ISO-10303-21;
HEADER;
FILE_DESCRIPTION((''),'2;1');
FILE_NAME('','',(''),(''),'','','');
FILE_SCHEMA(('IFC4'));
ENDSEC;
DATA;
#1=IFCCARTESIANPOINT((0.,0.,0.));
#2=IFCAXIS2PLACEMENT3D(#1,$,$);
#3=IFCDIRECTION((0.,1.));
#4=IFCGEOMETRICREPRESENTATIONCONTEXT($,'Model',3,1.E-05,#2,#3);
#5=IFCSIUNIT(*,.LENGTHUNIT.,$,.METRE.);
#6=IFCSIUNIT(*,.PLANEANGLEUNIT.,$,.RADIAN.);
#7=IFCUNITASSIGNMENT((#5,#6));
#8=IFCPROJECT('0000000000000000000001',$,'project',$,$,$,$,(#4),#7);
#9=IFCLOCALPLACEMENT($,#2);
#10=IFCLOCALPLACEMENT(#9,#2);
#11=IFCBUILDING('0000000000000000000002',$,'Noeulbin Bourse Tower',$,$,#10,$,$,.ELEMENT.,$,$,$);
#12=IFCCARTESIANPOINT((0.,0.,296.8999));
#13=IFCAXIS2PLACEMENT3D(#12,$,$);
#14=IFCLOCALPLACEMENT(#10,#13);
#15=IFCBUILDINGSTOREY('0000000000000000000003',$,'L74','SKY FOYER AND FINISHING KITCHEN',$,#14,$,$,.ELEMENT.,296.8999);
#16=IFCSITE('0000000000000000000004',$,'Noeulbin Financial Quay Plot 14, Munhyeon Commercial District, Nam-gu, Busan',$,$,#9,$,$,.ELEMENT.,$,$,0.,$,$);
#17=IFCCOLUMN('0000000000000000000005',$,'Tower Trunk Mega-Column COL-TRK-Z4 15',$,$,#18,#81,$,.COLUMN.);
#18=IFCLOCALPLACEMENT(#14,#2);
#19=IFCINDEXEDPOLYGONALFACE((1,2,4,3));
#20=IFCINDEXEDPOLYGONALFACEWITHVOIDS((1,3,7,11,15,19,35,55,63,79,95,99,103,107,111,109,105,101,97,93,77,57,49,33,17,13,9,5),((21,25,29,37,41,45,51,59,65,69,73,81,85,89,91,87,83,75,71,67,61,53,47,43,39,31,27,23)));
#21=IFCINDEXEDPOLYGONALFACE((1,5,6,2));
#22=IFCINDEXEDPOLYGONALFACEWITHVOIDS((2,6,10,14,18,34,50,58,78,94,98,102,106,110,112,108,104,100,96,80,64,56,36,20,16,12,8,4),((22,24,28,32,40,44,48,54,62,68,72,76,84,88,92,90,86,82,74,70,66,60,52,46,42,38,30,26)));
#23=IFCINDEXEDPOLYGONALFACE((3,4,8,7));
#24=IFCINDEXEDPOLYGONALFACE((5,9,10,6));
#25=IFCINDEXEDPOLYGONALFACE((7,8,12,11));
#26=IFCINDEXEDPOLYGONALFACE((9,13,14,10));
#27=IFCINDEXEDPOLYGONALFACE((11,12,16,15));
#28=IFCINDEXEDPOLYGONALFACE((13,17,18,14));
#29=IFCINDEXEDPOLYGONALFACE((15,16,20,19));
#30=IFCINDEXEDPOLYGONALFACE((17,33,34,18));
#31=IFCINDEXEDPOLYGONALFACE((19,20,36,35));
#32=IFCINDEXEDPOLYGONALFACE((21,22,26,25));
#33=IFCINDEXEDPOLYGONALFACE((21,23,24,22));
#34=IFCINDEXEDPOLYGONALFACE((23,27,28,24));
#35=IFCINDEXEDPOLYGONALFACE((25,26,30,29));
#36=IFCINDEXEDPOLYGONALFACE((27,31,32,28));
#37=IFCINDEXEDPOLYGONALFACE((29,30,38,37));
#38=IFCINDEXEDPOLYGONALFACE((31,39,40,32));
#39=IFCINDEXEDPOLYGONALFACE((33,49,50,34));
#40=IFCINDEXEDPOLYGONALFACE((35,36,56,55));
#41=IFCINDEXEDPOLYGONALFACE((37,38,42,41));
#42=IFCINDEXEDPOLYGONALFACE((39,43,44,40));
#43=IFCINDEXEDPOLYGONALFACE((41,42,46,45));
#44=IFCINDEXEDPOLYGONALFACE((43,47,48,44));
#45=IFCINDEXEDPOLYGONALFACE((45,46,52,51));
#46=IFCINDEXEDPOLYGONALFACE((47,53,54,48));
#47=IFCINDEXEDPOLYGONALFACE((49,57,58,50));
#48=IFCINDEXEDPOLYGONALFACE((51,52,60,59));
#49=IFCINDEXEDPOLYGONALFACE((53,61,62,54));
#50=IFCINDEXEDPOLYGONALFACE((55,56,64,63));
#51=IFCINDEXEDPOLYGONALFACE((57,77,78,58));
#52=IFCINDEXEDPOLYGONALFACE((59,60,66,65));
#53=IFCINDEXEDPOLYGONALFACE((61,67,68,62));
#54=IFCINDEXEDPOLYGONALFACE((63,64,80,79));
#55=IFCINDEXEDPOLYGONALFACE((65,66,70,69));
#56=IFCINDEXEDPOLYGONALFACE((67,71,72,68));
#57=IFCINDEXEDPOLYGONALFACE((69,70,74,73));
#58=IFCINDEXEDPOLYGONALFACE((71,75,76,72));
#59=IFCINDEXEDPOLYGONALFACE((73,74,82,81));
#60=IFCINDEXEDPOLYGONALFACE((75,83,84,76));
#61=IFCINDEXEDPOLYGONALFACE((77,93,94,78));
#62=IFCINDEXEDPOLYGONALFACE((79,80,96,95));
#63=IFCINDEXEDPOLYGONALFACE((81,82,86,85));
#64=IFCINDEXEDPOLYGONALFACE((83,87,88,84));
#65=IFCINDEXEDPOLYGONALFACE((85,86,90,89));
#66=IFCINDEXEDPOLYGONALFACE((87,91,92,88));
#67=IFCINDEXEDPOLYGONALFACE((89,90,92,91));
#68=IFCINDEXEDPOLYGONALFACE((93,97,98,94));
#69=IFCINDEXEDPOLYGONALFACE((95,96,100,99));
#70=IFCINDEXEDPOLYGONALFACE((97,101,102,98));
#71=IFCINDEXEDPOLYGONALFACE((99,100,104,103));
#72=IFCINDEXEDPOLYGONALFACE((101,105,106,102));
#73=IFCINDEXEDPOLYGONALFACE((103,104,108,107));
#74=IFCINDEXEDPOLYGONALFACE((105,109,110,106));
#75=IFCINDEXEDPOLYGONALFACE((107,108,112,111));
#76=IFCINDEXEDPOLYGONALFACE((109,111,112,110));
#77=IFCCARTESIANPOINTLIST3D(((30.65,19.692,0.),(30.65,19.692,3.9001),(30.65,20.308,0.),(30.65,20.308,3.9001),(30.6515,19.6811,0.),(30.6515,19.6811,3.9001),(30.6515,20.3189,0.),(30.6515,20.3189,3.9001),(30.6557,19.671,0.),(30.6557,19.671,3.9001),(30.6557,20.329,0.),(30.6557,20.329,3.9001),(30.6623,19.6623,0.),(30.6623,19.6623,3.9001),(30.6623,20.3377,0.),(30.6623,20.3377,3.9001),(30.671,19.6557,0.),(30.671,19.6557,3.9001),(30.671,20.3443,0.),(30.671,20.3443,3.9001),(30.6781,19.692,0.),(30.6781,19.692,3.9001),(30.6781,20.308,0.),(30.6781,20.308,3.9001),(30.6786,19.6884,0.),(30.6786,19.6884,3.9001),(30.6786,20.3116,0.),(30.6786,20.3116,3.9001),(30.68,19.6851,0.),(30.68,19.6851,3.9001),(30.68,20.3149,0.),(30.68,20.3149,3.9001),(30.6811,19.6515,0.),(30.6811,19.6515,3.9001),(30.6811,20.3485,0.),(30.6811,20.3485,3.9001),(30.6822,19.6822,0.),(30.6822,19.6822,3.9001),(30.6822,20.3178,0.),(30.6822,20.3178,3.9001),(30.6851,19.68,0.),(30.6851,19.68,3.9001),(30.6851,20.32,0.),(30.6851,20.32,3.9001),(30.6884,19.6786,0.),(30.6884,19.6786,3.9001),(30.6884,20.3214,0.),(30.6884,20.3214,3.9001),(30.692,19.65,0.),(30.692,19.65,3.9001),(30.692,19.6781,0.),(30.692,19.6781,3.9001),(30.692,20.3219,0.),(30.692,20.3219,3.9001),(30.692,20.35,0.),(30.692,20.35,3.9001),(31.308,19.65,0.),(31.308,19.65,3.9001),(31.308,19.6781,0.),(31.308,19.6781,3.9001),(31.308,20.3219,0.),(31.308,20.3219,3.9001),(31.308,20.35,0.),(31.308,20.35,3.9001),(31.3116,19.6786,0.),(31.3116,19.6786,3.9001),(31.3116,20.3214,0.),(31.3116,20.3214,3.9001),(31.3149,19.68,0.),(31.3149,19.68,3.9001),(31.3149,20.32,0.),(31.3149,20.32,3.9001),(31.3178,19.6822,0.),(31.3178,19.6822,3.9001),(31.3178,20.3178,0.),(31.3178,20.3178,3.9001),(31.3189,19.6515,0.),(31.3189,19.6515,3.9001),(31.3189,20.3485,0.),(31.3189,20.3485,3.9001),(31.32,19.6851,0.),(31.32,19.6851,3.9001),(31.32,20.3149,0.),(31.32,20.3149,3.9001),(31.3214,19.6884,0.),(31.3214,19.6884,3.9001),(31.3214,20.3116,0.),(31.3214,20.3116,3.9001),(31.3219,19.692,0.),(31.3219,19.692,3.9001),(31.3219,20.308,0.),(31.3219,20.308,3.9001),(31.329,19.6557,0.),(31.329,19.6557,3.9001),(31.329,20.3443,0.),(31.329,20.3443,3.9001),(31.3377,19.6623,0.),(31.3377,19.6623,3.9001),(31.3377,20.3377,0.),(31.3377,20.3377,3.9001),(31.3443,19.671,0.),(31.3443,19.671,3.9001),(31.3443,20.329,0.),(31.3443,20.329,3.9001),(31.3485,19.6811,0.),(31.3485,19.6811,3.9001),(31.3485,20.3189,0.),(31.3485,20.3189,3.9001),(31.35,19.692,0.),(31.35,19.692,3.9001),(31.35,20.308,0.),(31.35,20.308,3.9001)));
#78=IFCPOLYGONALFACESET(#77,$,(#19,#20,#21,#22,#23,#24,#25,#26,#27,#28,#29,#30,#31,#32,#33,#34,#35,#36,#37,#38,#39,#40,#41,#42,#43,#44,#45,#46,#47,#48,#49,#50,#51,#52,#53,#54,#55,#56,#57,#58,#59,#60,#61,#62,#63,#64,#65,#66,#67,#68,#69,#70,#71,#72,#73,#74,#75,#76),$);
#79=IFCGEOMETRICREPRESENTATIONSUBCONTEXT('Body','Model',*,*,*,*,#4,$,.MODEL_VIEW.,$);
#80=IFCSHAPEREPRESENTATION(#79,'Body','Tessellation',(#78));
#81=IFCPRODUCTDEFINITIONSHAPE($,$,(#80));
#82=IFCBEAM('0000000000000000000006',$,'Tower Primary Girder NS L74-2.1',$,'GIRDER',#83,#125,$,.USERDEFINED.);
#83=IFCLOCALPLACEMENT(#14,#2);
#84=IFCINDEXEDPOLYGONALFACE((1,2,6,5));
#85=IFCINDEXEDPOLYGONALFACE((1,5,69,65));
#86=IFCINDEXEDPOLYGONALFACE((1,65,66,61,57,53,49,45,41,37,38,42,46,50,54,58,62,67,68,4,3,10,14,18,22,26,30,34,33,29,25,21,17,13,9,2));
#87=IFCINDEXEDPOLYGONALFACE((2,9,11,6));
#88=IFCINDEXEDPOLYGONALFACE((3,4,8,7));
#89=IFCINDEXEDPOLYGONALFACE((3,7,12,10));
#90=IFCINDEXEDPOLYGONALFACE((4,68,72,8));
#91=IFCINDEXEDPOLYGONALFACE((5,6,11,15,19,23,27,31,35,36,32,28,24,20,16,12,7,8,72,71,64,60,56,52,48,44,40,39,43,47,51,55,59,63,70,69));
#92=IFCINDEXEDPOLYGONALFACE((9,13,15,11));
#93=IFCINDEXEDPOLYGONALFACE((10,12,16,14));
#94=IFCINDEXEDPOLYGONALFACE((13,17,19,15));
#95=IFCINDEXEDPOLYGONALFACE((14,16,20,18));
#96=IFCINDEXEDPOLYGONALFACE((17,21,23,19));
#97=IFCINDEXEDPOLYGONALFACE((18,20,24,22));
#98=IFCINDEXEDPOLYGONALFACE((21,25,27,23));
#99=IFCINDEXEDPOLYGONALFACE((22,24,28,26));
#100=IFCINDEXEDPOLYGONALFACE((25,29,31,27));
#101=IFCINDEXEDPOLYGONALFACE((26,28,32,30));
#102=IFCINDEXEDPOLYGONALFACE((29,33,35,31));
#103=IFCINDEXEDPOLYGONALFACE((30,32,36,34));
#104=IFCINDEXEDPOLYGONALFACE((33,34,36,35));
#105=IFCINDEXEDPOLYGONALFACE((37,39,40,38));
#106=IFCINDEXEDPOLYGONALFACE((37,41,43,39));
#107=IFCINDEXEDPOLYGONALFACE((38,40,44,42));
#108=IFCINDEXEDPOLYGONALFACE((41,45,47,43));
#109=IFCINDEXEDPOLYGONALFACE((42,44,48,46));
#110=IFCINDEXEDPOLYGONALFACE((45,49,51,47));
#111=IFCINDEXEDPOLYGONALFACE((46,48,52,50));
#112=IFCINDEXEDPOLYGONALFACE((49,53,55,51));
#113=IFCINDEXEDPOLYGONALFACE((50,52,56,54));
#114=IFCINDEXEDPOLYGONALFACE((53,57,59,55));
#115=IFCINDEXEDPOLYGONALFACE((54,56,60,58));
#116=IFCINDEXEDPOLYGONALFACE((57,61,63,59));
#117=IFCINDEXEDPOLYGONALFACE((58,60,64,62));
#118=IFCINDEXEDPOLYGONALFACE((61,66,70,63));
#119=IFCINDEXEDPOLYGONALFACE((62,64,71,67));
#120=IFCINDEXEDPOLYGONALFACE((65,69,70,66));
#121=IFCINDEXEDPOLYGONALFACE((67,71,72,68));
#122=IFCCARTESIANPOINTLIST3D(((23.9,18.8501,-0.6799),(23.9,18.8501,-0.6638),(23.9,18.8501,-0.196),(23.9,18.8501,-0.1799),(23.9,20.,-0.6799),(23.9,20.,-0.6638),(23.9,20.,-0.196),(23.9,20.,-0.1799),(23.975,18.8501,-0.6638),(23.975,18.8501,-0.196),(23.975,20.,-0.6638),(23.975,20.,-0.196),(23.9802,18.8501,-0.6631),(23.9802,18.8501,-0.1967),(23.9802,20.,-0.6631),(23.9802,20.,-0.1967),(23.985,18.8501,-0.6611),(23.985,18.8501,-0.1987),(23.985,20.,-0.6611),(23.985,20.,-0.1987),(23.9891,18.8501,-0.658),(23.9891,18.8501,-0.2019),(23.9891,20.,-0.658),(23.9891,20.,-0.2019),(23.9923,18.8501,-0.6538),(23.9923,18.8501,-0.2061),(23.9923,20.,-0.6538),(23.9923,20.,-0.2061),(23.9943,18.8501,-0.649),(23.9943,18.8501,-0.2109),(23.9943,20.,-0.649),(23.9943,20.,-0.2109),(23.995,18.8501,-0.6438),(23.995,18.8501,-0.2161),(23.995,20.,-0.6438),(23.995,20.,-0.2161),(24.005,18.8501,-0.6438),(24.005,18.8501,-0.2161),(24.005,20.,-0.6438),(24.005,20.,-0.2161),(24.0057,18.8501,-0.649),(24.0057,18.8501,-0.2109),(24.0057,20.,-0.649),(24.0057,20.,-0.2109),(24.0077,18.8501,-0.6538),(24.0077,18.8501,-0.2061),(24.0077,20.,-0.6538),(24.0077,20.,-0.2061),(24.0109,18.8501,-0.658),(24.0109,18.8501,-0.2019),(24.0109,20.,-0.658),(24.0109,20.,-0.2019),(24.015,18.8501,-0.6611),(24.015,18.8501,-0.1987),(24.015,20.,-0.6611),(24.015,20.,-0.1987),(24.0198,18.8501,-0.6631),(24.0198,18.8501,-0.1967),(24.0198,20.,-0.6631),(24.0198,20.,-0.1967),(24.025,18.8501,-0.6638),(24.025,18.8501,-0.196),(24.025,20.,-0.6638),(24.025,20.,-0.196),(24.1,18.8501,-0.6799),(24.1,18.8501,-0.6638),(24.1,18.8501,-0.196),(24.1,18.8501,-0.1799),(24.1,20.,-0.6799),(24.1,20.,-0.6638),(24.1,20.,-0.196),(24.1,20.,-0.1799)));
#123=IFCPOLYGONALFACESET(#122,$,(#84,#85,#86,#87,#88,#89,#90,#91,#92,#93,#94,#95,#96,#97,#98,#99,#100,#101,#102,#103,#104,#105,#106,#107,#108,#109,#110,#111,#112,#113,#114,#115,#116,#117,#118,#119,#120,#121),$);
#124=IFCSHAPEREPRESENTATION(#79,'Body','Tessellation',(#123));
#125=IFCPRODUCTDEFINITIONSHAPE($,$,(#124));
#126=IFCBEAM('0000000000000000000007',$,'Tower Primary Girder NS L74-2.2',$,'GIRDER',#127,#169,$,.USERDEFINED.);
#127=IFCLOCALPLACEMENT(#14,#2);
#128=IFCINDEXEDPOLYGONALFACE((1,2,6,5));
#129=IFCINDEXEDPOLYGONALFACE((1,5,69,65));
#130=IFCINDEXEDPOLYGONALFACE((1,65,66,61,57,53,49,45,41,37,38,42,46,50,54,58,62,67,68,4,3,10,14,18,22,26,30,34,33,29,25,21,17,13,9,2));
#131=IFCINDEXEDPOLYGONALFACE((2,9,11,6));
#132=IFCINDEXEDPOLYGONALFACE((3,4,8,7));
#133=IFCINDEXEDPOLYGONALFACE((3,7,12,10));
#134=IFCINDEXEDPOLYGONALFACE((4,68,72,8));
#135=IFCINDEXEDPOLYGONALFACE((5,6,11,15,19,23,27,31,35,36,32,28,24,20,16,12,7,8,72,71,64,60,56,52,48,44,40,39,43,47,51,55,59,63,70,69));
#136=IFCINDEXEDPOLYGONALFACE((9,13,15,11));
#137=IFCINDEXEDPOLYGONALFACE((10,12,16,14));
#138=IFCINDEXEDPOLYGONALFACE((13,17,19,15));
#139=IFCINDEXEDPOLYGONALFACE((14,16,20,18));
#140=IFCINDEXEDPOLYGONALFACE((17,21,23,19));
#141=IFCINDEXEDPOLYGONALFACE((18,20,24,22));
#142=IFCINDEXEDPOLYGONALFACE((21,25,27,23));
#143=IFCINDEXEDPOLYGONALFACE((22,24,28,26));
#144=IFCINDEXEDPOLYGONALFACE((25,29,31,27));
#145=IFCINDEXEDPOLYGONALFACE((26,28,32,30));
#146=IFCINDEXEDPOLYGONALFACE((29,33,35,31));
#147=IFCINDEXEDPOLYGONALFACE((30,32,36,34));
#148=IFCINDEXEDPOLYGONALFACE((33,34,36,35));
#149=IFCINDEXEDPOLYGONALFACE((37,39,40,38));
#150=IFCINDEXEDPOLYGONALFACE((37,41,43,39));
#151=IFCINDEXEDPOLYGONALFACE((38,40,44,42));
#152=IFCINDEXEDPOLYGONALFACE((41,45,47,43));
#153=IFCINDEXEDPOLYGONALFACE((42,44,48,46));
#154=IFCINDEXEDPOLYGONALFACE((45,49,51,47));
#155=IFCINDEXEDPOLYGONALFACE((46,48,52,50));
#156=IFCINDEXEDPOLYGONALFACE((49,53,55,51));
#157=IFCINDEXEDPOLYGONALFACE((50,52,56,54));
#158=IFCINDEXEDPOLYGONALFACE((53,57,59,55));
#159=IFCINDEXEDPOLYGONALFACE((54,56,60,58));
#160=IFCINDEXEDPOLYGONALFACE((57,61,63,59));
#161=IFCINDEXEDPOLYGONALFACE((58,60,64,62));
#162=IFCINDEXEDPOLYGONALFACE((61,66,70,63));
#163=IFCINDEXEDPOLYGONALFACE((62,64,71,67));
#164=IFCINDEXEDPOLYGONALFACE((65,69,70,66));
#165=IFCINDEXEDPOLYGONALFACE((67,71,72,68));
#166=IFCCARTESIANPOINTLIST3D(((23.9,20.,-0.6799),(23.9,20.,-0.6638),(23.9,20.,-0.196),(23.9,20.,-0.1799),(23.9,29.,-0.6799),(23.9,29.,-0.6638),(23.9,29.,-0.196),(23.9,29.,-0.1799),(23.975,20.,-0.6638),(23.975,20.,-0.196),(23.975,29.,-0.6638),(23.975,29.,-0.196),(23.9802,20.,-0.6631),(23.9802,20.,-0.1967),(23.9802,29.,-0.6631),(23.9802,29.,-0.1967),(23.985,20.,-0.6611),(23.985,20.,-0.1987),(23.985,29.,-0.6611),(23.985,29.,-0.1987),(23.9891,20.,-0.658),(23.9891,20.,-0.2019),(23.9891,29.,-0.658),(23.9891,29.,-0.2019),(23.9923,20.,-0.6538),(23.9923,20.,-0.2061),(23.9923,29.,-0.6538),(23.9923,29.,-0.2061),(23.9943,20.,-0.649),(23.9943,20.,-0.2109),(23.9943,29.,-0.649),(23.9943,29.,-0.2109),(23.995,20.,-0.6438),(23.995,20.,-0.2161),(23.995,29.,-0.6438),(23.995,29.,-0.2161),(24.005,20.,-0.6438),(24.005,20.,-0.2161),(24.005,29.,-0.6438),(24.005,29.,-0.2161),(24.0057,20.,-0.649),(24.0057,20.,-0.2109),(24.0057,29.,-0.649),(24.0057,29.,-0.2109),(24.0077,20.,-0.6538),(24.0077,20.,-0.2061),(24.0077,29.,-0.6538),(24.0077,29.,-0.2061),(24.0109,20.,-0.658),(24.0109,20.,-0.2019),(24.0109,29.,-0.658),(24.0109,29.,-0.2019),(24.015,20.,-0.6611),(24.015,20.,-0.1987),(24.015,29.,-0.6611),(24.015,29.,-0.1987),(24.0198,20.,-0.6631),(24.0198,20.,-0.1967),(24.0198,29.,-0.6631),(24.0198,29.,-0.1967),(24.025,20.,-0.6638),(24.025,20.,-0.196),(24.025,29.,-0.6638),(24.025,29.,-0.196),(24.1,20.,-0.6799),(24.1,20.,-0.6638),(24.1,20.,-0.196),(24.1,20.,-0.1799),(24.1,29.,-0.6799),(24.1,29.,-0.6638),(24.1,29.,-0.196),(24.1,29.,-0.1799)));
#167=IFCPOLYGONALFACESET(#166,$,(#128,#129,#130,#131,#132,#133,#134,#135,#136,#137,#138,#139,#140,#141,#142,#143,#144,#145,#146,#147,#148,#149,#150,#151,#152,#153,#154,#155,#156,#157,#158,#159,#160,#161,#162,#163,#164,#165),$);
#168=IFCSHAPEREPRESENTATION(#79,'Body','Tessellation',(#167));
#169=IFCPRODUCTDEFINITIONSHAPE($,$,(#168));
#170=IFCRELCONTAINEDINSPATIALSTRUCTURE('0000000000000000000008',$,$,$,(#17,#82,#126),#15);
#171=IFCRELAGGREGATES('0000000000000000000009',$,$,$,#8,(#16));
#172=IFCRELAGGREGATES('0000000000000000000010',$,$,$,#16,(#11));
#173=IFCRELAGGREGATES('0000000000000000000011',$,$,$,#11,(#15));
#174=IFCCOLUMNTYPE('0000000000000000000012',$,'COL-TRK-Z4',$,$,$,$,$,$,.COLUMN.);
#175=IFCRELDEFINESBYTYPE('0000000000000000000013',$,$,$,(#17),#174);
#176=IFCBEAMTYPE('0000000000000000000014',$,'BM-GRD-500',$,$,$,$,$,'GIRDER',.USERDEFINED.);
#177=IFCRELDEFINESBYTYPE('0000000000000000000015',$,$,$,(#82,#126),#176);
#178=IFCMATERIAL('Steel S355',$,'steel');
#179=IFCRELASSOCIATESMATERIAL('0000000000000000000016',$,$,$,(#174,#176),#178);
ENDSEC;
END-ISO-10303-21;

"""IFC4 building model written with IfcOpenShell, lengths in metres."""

from ifc_helpers import new_model, si_unit, direction, frame, origin, origin_2d, place, context, subcontext, project, spatial, hollow_rectangle, i_section, extrude, material, material_profile, profile_set, type_object, element, save


model = new_model("IFC4")

# Units and contexts
model_context = context("Model", 3, precision=1e-05, world=origin(), true_north=direction((0.0, 1.0)))
body_context = subcontext(model_context, "Body", "Model", "MODEL_VIEW")
ifc_project = project(units=[si_unit("LENGTHUNIT", "METRE"), si_unit("PLANEANGLEUNIT", "RADIAN")], contexts=[model_context])

# Site, building, storey
site_placement = place(None, origin())
site = spatial("IfcSite", under=ifc_project, at=site_placement, Name="Noeulbin Financial Quay Plot 14, Munhyeon Commercial District, Nam-gu, Busan", CompositionType="ELEMENT", RefElevation=0.0)
building_placement = place(site_placement, origin())
building = spatial("IfcBuilding", under=site, at=building_placement, Name="Noeulbin Bourse Tower", CompositionType="ELEMENT")
storey_placement = place(building_placement, frame((0.0, 0.0, 296.8999)))
storey = spatial("IfcBuildingStorey", under=building, at=storey_placement, Name="L74", Description="SKY FOYER AND FINISHING KITCHEN", CompositionType="ELEMENT", Elevation=296.8999)

# Column
ifc_material_1 = material(Name="Steel S355", Category="steel")
ifc_material_profile_1 = material_profile(ifc_material_1, hollow_rectangle(XDim=0.7, YDim=0.7, WallThickness=0.0281, InnerFilletRadius=0.0139, OuterFilletRadius=0.042, at=origin_2d()), Name="BOX-700x700x28", Category="LoadBearing")
ifc_profile_set_1 = profile_set([ifc_material_profile_1], Name="Steel S355")
column_type = type_object("IfcColumnType", Name="COL-TRK-Z4", PredefinedType="COLUMN", material=ifc_profile_set_1)
for number, where, z_axis, x_axis, name in (
    (1, (31.0, 20.0, 0.0), (0.0, 0.0, 1.0), (1.0, 0.0, 0.0), "Tower Trunk Mega-Column COL-TRK-Z4 15"),
):
    element("IfcColumn", number, at=place(storey_placement, frame(where, z_axis=z_axis, x_axis=x_axis)), inside=storey, type_object=column_type, Name=name, PredefinedType="COLUMN", context=body_context, shape_type="SweptSolid", body=[
        extrude(hollow_rectangle(XDim=0.7, YDim=0.7, WallThickness=0.0281, InnerFilletRadius=0.0139, OuterFilletRadius=0.042, at=origin_2d()), origin(), (0.0, 0.0, 1.0), 3.9001),
    ])

# Beams
ifc_material_profile_2 = material_profile(ifc_material_1, i_section(OverallWidth=0.2, OverallDepth=0.5, WebThickness=0.01, FlangeThickness=0.0161, FilletRadius=0.02, at=origin_2d()), Name="H-500x200x10x16", Category="LoadBearing")
ifc_profile_set_2 = profile_set([ifc_material_profile_2], Name="Steel S355")
beam_type_1 = type_object("IfcBeamType", Name="BM-GRD-500", ElementType="GIRDER", PredefinedType="USERDEFINED", material=ifc_profile_set_2)
beam_1_placement = place(storey_placement, frame((24.0, 18.8501, -0.4299), z_axis=(0.0, 1.0, 0.0), x_axis=(-1.0, 0.0, 0.0)))
element("IfcBeam", 2, at=beam_1_placement, inside=storey, type_object=beam_type_1, Name="Tower Primary Girder NS L74-2.1", ObjectType="GIRDER", PredefinedType="USERDEFINED", context=body_context, shape_type="SweptSolid", body=[
    extrude(i_section(OverallWidth=0.2, OverallDepth=0.5, WebThickness=0.01, FlangeThickness=0.0161, FilletRadius=0.02, at=origin_2d()), origin(), (0.0, 0.0, 1.0), 1.1499),
])
beam_2_placement = place(storey_placement, frame((24.0, 20.0, -0.4299), z_axis=(0.0, 1.0, 0.0), x_axis=(-1.0, 0.0, 0.0)))
element("IfcBeam", 3, at=beam_2_placement, inside=storey, type_object=beam_type_1, Name="Tower Primary Girder NS L74-2.2", ObjectType="GIRDER", PredefinedType="USERDEFINED", context=body_context, shape_type="SweptSolid", body=[
    extrude(i_section(OverallWidth=0.2, OverallDepth=0.5, WebThickness=0.01, FlangeThickness=0.0161, FilletRadius=0.02, at=origin_2d()), origin(), (0.0, 0.0, 1.0), 9.0),
])

save(model, "model.ifc")
